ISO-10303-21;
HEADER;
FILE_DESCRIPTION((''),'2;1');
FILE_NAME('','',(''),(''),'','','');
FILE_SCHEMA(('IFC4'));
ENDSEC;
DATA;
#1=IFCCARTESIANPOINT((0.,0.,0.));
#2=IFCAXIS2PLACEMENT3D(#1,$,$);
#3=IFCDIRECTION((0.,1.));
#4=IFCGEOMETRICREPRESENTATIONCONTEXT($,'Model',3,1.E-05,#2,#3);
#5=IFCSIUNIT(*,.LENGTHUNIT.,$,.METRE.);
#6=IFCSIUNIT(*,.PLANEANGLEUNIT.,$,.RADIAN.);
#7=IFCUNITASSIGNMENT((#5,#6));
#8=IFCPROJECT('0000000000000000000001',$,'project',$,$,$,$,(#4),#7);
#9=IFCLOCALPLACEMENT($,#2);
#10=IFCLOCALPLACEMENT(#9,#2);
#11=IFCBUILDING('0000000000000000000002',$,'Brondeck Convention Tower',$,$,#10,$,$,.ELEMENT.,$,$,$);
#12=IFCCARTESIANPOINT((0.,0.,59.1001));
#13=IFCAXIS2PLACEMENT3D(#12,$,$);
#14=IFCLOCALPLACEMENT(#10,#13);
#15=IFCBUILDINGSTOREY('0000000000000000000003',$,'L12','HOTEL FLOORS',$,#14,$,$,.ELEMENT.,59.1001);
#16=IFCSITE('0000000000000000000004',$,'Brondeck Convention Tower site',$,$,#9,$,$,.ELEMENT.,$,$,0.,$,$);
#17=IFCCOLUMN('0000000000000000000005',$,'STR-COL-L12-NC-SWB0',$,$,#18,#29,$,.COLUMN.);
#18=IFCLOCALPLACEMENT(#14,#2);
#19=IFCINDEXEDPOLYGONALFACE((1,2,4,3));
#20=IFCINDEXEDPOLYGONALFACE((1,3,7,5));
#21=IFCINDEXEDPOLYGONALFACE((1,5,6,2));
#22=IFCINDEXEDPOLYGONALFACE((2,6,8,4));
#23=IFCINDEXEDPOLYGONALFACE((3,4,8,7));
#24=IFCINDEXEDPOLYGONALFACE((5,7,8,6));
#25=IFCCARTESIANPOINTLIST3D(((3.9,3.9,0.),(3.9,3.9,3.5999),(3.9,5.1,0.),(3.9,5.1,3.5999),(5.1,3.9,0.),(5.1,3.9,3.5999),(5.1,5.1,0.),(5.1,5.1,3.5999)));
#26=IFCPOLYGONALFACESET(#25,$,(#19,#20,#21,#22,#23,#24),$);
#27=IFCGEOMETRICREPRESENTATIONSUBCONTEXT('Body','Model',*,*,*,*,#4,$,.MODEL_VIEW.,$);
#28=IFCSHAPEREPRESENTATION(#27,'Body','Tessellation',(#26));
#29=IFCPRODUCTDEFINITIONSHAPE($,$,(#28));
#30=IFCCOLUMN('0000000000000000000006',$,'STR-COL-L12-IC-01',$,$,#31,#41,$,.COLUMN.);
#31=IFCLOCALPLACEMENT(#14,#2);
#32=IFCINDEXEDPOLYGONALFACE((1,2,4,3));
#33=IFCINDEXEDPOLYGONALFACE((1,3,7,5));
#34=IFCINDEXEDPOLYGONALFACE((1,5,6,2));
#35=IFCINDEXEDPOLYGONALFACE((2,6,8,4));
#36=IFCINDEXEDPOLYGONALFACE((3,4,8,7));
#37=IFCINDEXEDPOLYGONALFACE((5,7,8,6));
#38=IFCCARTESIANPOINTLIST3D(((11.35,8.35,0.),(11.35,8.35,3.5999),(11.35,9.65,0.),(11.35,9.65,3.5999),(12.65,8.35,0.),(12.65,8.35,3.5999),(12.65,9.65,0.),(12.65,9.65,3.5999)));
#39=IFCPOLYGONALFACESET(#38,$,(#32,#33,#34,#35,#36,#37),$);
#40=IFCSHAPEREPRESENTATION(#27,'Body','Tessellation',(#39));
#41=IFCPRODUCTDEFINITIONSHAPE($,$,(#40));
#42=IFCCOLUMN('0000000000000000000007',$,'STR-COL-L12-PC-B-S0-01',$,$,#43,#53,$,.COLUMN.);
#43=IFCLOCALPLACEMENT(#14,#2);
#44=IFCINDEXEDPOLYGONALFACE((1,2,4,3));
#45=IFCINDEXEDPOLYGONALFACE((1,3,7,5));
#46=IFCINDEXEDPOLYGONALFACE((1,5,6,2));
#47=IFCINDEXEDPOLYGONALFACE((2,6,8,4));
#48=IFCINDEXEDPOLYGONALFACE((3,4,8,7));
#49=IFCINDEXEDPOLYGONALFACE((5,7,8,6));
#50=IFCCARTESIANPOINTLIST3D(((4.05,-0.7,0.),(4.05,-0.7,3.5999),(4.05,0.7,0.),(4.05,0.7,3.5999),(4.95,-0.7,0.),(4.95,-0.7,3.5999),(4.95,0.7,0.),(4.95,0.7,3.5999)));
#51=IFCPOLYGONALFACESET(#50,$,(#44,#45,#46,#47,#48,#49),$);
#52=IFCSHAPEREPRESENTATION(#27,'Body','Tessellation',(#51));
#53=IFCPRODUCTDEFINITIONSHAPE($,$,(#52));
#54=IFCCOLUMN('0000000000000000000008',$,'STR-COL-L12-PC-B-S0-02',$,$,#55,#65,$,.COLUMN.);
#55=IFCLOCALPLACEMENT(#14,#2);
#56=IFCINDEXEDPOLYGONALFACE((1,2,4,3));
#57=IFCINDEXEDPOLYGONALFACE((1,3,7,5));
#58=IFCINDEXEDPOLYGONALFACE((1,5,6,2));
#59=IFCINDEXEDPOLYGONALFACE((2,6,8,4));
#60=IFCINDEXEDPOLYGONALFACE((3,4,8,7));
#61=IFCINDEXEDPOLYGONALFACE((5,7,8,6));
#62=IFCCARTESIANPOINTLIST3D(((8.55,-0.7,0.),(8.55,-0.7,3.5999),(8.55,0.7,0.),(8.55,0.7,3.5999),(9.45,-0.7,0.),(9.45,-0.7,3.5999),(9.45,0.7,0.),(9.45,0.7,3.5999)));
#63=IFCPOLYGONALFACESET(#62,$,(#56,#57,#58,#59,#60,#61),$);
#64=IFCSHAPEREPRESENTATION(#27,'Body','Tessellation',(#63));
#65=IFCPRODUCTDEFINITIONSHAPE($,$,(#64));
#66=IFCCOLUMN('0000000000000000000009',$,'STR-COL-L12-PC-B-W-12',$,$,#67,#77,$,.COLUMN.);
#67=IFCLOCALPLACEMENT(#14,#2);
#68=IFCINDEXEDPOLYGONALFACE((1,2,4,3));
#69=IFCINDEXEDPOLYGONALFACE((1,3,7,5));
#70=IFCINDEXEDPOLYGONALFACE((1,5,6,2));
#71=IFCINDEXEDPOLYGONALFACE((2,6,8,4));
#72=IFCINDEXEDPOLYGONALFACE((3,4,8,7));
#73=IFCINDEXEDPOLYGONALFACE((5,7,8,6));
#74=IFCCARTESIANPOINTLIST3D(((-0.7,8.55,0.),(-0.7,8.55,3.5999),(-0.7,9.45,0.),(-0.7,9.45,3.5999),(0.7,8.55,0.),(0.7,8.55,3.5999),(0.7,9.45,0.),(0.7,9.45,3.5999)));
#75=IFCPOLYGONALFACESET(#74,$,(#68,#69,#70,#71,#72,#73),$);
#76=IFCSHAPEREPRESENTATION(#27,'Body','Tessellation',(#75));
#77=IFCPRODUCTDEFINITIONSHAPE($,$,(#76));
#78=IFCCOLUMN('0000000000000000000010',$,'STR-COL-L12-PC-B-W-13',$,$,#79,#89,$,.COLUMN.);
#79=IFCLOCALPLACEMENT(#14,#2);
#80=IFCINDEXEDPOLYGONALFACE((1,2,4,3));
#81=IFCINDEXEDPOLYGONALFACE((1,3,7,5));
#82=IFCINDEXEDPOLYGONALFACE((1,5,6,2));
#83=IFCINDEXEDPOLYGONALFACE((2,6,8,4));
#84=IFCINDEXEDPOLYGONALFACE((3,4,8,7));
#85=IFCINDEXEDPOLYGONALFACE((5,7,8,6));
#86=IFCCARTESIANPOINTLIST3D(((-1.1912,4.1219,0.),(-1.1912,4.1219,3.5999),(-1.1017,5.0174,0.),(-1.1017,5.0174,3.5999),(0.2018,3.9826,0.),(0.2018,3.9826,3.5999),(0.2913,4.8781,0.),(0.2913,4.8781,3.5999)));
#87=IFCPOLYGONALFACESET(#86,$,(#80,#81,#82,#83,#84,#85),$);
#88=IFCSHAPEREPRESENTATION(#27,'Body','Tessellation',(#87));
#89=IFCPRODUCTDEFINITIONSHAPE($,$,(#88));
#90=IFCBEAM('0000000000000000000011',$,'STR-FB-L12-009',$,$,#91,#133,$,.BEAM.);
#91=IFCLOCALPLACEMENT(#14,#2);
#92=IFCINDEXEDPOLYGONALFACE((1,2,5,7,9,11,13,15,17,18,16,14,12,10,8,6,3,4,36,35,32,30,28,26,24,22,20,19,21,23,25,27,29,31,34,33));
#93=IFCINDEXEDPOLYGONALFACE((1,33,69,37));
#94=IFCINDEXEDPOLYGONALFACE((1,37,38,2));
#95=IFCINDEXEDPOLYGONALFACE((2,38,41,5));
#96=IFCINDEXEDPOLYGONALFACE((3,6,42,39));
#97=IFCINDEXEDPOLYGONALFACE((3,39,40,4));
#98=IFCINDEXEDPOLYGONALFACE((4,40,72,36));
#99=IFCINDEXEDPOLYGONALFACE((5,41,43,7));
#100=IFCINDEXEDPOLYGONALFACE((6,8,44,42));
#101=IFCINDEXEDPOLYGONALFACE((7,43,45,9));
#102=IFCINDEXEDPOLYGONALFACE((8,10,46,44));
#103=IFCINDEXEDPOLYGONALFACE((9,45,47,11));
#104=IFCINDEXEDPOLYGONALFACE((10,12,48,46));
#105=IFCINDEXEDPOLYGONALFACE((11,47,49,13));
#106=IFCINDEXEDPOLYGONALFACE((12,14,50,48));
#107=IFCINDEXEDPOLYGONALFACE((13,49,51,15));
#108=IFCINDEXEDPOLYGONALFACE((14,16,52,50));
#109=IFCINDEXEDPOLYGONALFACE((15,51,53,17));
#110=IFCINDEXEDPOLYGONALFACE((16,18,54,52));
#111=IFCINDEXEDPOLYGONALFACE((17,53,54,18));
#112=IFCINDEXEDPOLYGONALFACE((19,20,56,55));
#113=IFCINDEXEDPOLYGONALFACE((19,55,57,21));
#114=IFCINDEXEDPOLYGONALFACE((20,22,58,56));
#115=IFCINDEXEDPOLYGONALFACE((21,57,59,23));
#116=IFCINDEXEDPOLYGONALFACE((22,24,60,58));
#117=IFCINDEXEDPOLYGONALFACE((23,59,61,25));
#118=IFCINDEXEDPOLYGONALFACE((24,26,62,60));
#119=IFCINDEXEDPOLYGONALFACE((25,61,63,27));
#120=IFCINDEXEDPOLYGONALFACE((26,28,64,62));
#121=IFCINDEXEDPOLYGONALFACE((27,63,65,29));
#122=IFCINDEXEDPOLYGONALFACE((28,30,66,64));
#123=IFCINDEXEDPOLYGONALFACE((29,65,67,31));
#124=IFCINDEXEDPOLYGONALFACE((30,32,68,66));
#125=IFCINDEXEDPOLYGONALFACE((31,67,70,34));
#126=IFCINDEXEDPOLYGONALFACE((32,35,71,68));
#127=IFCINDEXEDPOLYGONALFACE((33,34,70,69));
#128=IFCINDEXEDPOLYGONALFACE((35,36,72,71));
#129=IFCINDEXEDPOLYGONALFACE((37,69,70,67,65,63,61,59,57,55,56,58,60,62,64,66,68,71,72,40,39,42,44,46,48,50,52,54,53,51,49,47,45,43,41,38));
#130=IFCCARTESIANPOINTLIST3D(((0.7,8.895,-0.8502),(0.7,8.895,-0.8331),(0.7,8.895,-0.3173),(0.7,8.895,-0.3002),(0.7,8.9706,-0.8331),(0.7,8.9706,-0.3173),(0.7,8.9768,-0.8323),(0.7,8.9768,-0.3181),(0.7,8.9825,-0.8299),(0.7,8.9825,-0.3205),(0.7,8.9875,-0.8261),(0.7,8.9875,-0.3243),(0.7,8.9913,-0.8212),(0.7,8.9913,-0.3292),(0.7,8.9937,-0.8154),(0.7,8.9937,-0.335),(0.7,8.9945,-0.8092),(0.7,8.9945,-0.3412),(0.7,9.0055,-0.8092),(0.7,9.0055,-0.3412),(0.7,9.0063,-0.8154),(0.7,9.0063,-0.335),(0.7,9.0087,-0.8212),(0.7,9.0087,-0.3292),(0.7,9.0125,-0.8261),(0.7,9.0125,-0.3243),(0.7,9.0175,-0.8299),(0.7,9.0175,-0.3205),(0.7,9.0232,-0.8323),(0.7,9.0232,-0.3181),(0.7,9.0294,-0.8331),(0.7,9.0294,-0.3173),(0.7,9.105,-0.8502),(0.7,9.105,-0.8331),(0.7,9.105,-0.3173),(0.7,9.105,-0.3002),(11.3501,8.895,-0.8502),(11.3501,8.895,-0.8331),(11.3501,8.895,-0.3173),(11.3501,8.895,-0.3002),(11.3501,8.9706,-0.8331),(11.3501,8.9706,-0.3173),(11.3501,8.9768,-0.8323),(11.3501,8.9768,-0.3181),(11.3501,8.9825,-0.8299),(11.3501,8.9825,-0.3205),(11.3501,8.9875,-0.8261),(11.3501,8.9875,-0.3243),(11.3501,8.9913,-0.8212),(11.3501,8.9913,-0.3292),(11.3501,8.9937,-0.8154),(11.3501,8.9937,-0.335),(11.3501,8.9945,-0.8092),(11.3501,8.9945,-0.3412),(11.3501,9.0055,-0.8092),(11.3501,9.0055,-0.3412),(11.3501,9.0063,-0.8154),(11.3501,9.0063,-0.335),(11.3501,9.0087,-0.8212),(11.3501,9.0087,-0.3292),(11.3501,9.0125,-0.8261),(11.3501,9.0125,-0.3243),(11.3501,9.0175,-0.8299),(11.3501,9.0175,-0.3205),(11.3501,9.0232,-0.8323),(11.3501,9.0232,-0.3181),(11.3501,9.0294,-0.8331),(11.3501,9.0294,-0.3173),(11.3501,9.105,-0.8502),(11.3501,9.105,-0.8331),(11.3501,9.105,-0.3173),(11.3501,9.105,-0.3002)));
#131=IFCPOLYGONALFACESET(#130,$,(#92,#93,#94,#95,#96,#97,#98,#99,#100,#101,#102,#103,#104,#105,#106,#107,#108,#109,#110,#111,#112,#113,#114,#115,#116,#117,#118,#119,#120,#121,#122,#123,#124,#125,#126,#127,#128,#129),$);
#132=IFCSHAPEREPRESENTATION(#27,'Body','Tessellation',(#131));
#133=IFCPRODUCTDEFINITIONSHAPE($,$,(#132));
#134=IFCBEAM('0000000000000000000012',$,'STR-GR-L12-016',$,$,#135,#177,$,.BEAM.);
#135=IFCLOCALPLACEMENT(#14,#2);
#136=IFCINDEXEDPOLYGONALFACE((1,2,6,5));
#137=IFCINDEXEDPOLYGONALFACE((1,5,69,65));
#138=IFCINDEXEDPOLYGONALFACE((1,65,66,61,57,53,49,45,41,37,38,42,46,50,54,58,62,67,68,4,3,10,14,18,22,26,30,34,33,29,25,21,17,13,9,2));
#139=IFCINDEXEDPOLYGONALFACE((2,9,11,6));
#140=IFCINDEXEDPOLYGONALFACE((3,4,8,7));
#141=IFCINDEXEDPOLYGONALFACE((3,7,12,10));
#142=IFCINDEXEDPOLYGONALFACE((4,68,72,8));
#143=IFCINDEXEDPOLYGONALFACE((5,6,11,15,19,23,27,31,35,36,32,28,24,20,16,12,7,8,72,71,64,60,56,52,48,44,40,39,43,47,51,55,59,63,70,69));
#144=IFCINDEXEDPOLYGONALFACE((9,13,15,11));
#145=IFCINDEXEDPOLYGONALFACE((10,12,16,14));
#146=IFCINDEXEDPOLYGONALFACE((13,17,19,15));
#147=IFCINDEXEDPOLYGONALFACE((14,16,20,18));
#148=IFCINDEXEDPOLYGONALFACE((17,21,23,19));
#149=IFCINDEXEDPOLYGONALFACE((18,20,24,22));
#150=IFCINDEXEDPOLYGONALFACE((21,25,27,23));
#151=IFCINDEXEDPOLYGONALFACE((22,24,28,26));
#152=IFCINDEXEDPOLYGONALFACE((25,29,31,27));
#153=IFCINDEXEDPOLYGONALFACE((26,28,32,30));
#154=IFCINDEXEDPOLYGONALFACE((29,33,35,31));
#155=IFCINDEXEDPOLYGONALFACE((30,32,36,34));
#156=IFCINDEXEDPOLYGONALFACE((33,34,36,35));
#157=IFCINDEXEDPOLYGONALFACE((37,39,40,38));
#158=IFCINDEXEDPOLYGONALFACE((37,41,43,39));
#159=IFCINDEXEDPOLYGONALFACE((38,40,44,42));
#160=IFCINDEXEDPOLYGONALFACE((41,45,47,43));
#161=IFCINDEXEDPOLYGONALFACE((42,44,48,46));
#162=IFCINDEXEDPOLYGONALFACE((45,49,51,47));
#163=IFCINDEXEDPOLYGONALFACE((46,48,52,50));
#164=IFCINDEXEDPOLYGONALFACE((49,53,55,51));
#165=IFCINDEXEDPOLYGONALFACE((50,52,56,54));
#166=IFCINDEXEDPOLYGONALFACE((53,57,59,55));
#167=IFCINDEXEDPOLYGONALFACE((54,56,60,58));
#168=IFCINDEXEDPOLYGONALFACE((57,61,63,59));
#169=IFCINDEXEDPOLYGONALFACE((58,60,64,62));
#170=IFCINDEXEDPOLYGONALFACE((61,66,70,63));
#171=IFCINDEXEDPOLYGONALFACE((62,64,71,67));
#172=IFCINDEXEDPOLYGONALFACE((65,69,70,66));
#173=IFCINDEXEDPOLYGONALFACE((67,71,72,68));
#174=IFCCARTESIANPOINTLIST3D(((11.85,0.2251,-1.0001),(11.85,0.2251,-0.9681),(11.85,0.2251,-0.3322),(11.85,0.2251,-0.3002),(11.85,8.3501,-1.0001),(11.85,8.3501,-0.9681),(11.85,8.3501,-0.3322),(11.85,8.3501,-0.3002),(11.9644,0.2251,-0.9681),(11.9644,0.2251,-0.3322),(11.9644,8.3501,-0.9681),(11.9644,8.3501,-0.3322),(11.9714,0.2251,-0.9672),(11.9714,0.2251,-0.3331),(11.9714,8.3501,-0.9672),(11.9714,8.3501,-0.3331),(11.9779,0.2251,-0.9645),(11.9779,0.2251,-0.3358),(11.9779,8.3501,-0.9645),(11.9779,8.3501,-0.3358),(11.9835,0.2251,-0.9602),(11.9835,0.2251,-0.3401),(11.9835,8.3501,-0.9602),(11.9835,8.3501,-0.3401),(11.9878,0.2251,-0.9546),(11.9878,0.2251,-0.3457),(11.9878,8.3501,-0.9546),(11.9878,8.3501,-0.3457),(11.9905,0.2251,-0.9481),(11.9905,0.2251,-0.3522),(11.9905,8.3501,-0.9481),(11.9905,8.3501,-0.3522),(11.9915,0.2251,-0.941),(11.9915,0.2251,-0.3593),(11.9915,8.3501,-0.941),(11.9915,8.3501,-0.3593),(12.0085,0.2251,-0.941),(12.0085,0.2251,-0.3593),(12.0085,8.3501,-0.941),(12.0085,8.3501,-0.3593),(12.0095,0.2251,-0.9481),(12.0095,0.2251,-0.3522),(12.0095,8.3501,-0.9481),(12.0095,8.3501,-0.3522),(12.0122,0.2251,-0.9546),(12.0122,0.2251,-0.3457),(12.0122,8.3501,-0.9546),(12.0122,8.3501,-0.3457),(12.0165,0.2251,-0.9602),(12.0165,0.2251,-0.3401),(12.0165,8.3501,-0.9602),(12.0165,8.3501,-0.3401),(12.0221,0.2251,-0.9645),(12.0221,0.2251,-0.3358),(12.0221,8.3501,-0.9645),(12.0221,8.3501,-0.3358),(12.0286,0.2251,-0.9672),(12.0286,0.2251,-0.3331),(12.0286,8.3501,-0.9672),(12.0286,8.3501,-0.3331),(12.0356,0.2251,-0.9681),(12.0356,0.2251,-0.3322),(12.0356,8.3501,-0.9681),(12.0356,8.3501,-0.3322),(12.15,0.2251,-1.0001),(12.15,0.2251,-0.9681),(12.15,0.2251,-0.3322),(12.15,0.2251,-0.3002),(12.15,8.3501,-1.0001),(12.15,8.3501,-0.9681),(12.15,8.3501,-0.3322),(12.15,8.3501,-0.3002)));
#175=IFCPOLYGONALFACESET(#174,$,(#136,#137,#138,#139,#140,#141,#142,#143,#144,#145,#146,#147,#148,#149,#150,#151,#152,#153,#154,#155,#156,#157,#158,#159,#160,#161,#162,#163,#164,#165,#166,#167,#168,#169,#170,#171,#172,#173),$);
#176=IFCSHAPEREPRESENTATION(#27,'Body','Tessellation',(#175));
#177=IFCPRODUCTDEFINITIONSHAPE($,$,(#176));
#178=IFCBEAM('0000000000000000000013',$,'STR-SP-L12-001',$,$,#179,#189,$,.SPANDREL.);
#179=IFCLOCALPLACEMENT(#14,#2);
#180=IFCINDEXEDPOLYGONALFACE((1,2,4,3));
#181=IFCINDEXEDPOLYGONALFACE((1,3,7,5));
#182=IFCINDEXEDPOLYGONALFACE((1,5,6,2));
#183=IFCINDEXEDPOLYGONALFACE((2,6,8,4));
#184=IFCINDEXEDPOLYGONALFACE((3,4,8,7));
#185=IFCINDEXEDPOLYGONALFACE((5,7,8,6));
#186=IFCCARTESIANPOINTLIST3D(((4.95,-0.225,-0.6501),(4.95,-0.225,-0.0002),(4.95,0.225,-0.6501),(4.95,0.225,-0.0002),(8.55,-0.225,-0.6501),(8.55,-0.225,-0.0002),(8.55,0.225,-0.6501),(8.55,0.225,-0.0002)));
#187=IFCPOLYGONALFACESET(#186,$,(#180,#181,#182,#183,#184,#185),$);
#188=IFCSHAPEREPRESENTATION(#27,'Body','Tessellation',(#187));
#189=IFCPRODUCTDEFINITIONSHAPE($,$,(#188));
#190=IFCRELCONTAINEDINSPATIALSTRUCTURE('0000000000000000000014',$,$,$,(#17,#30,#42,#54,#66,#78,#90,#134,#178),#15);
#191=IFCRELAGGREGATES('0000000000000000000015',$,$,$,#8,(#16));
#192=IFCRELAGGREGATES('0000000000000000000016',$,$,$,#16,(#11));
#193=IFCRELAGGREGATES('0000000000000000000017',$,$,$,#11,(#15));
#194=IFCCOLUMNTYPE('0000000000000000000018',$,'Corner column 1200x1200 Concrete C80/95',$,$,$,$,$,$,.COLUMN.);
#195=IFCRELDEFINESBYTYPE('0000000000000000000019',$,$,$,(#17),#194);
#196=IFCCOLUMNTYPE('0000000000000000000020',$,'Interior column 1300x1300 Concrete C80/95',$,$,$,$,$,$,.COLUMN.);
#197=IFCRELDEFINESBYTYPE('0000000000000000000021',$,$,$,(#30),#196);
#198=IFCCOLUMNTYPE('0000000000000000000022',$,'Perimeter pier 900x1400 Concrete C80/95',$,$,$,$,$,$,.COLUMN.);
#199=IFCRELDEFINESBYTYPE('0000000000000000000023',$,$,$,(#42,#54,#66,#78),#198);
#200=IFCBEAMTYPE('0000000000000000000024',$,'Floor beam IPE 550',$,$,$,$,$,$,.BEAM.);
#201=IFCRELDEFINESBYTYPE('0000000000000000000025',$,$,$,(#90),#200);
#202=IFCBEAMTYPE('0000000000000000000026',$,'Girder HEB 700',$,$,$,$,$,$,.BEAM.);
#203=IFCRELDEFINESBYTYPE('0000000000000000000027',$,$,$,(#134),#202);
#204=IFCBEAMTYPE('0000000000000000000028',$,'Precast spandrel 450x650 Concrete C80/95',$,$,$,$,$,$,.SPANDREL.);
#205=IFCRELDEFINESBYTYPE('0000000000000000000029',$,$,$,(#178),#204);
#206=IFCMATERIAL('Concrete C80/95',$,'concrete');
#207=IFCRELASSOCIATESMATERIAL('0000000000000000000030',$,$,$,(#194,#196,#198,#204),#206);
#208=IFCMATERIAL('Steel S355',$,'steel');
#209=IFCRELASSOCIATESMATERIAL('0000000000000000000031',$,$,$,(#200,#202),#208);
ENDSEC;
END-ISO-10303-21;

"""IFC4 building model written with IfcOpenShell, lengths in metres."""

from ifc_helpers import new_model, si_unit, direction, frame, origin, origin_2d, place, context, subcontext, project, spatial, rectangle, i_section, extrude, material, material_profile, profile_set, type_object, element, save


model = new_model("IFC4")

# Units and contexts
model_context = context("Model", 3, precision=1e-05, world=origin(), true_north=direction((0.0, 1.0)))
body_context = subcontext(model_context, "Body", "Model", "MODEL_VIEW")
ifc_project = project(units=[si_unit("LENGTHUNIT", "METRE"), si_unit("PLANEANGLEUNIT", "RADIAN")], contexts=[model_context])

# Site, building, storey
site_placement = place(None, origin())
site = spatial("IfcSite", under=ifc_project, at=site_placement, Name="Brondeck Convention Tower site", CompositionType="ELEMENT", RefElevation=0.0)
building_placement = place(site_placement, origin())
building = spatial("IfcBuilding", under=site, at=building_placement, Name="Brondeck Convention Tower", CompositionType="ELEMENT")
storey_placement = place(building_placement, frame((0.0, 0.0, 59.1001)))
storey = spatial("IfcBuildingStorey", under=building, at=storey_placement, Name="L12", Description="HOTEL FLOORS", CompositionType="ELEMENT", Elevation=59.1001)

# Columns
ifc_material_1 = material(Name="Concrete C80/95", Category="concrete")
ifc_material_profile_1 = material_profile(ifc_material_1, rectangle(XDim=1.2, YDim=1.2, at=origin_2d()), Name="Corner column 1200x1200 Concrete C80/95")
ifc_profile_set_1 = profile_set([ifc_material_profile_1], Name="Concrete C80/95")
column_type_1 = type_object("IfcColumnType", Name="Corner column 1200x1200 Concrete C80/95", PredefinedType="COLUMN", material=ifc_profile_set_1)
column_1_placement = place(storey_placement, frame((4.5, 4.5, 0.0), z_axis=(0.0, 0.0, 1.0), x_axis=(1.0, 0.0, 0.0)))
element("IfcColumn", 1, at=column_1_placement, inside=storey, type_object=column_type_1, Name="STR-COL-L12-NC-SWB0", PredefinedType="COLUMN", context=body_context, shape_type="SweptSolid", body=[
    extrude(rectangle(XDim=1.2, YDim=1.2, at=origin_2d()), origin(), (0.0, 0.0, 1.0), 3.5999),
])
ifc_material_profile_2 = material_profile(ifc_material_1, rectangle(XDim=1.3, YDim=1.3, at=origin_2d()), Name="Interior column 1300x1300 Concrete C80/95")
ifc_profile_set_2 = profile_set([ifc_material_profile_2], Name="Concrete C80/95")
column_type_2 = type_object("IfcColumnType", Name="Interior column 1300x1300 Concrete C80/95", PredefinedType="COLUMN", material=ifc_profile_set_2)
column_2_placement = place(storey_placement, frame((12.0, 9.0, 0.0), z_axis=(0.0, 0.0, 1.0), x_axis=(1.0, 0.0, 0.0)))
element("IfcColumn", 2, at=column_2_placement, inside=storey, type_object=column_type_2, Name="STR-COL-L12-IC-01", PredefinedType="COLUMN", context=body_context, shape_type="SweptSolid", body=[
    extrude(rectangle(XDim=1.3, YDim=1.3, at=origin_2d()), origin(), (0.0, 0.0, 1.0), 3.5999),
])
ifc_material_profile_3 = material_profile(ifc_material_1, rectangle(XDim=0.8999, YDim=1.3999, at=origin_2d()), Name="Perimeter pier 900x1400 Concrete C80/95")
ifc_profile_set_3 = profile_set([ifc_material_profile_3], Name="Concrete C80/95")
column_type_3 = type_object("IfcColumnType", Name="Perimeter pier 900x1400 Concrete C80/95", PredefinedType="COLUMN", material=ifc_profile_set_3)
for number, where, z_axis, x_axis, name in (
    (3, (4.5, 0.0, 0.0), (0.0, 0.0, 1.0), (1.0, 0.0, 0.0), "STR-COL-L12-PC-B-S0-01"),
    (4, (9.0, 0.0, 0.0), (0.0, 0.0, 1.0), (1.0, 0.0, 0.0), "STR-COL-L12-PC-B-S0-02"),
    (5, (0.0, 9.0, 0.0), (0.0, 0.0, 1.0), (0.0, -1.0, 0.0), "STR-COL-L12-PC-B-W-12"),
    (6, (-0.45, 4.5, 0.0), (0.0, 0.0, 1.0), (-0.099504, -0.995037, 0.0), "STR-COL-L12-PC-B-W-13"),
):
    element("IfcColumn", number, at=place(storey_placement, frame(where, z_axis=z_axis, x_axis=x_axis)), inside=storey, type_object=column_type_3, Name=name, PredefinedType="COLUMN", context=body_context, shape_type="SweptSolid", body=[
        extrude(rectangle(XDim=0.8999, YDim=1.3999, at=origin_2d()), origin(), (0.0, 0.0, 1.0), 3.5999),
    ])

# Beams
ifc_material_2 = material(Name="Steel S355", Category="steel")
ifc_material_profile_4 = material_profile(ifc_material_2, i_section(OverallWidth=0.21, OverallDepth=0.55, WebThickness=0.011, FlangeThickness=0.0171, FilletRadius=0.0239, at=origin_2d()), Name="IPE 550")
ifc_profile_set_4 = profile_set([ifc_material_profile_4], Name="Steel S355")
beam_type_1 = type_object("IfcBeamType", Name="Floor beam IPE 550", PredefinedType="BEAM", material=ifc_profile_set_4)
beam_1_placement = place(storey_placement, frame((0.7, 9.0, -0.5752), z_axis=(1.0, 0.0, 0.0), x_axis=(0.0, 1.0, 0.0)))
element("IfcBeam", 7, at=beam_1_placement, inside=storey, type_object=beam_type_1, Name="STR-FB-L12-009", PredefinedType="BEAM", context=body_context, shape_type="SweptSolid", body=[
    extrude(i_section(OverallWidth=0.21, OverallDepth=0.55, WebThickness=0.011, FlangeThickness=0.0171, FilletRadius=0.0239, at=origin_2d()), origin(), (0.0, 0.0, 1.0), 10.6501),
])
ifc_material_profile_5 = material_profile(ifc_material_2, i_section(OverallWidth=0.3, OverallDepth=0.7, WebThickness=0.0171, FlangeThickness=0.032, FilletRadius=0.0271, at=origin_2d()), Name="HEB 700")
ifc_profile_set_5 = profile_set([ifc_material_profile_5], Name="Steel S355")
beam_type_2 = type_object("IfcBeamType", Name="Girder HEB 700", PredefinedType="BEAM", material=ifc_profile_set_5)
beam_2_placement = place(storey_placement, frame((12.0, 8.3501, -0.6501), z_axis=(0.0, -1.0, 0.0), x_axis=(1.0, 0.0, 0.0)))
element("IfcBeam", 8, at=beam_2_placement, inside=storey, type_object=beam_type_2, Name="STR-GR-L12-016", PredefinedType="BEAM", context=body_context, shape_type="SweptSolid", body=[
    extrude(i_section(OverallWidth=0.3, OverallDepth=0.7, WebThickness=0.0171, FlangeThickness=0.032, FilletRadius=0.0271, at=origin_2d()), origin(), (0.0, 0.0, 1.0), 8.125),
])
ifc_material_profile_6 = material_profile(ifc_material_1, rectangle(XDim=0.45, YDim=0.6499, at=origin_2d()), Name="Precast spandrel 450x650 Concrete C80/95")
ifc_profile_set_6 = profile_set([ifc_material_profile_6], Name="Concrete C80/95")
beam_type_3 = type_object("IfcBeamType", Name="Precast spandrel 450x650 Concrete C80/95", PredefinedType="SPANDREL", material=ifc_profile_set_6)
for number, where, z_axis, x_axis, name in (
    (9, (4.95, 0.0, -0.3252), (1.0, 0.0, 0.0), (0.0, 1.0, 0.0), "STR-SP-L12-001"),
):
    element("IfcBeam", number, at=place(storey_placement, frame(where, z_axis=z_axis, x_axis=x_axis)), inside=storey, type_object=beam_type_3, Name=name, PredefinedType="SPANDREL", context=body_context, shape_type="SweptSolid", body=[
        extrude(rectangle(XDim=0.45, YDim=0.6499, at=origin_2d()), origin(), (0.0, 0.0, 1.0), 3.6001),
    ])

save(model, "model.ifc")
